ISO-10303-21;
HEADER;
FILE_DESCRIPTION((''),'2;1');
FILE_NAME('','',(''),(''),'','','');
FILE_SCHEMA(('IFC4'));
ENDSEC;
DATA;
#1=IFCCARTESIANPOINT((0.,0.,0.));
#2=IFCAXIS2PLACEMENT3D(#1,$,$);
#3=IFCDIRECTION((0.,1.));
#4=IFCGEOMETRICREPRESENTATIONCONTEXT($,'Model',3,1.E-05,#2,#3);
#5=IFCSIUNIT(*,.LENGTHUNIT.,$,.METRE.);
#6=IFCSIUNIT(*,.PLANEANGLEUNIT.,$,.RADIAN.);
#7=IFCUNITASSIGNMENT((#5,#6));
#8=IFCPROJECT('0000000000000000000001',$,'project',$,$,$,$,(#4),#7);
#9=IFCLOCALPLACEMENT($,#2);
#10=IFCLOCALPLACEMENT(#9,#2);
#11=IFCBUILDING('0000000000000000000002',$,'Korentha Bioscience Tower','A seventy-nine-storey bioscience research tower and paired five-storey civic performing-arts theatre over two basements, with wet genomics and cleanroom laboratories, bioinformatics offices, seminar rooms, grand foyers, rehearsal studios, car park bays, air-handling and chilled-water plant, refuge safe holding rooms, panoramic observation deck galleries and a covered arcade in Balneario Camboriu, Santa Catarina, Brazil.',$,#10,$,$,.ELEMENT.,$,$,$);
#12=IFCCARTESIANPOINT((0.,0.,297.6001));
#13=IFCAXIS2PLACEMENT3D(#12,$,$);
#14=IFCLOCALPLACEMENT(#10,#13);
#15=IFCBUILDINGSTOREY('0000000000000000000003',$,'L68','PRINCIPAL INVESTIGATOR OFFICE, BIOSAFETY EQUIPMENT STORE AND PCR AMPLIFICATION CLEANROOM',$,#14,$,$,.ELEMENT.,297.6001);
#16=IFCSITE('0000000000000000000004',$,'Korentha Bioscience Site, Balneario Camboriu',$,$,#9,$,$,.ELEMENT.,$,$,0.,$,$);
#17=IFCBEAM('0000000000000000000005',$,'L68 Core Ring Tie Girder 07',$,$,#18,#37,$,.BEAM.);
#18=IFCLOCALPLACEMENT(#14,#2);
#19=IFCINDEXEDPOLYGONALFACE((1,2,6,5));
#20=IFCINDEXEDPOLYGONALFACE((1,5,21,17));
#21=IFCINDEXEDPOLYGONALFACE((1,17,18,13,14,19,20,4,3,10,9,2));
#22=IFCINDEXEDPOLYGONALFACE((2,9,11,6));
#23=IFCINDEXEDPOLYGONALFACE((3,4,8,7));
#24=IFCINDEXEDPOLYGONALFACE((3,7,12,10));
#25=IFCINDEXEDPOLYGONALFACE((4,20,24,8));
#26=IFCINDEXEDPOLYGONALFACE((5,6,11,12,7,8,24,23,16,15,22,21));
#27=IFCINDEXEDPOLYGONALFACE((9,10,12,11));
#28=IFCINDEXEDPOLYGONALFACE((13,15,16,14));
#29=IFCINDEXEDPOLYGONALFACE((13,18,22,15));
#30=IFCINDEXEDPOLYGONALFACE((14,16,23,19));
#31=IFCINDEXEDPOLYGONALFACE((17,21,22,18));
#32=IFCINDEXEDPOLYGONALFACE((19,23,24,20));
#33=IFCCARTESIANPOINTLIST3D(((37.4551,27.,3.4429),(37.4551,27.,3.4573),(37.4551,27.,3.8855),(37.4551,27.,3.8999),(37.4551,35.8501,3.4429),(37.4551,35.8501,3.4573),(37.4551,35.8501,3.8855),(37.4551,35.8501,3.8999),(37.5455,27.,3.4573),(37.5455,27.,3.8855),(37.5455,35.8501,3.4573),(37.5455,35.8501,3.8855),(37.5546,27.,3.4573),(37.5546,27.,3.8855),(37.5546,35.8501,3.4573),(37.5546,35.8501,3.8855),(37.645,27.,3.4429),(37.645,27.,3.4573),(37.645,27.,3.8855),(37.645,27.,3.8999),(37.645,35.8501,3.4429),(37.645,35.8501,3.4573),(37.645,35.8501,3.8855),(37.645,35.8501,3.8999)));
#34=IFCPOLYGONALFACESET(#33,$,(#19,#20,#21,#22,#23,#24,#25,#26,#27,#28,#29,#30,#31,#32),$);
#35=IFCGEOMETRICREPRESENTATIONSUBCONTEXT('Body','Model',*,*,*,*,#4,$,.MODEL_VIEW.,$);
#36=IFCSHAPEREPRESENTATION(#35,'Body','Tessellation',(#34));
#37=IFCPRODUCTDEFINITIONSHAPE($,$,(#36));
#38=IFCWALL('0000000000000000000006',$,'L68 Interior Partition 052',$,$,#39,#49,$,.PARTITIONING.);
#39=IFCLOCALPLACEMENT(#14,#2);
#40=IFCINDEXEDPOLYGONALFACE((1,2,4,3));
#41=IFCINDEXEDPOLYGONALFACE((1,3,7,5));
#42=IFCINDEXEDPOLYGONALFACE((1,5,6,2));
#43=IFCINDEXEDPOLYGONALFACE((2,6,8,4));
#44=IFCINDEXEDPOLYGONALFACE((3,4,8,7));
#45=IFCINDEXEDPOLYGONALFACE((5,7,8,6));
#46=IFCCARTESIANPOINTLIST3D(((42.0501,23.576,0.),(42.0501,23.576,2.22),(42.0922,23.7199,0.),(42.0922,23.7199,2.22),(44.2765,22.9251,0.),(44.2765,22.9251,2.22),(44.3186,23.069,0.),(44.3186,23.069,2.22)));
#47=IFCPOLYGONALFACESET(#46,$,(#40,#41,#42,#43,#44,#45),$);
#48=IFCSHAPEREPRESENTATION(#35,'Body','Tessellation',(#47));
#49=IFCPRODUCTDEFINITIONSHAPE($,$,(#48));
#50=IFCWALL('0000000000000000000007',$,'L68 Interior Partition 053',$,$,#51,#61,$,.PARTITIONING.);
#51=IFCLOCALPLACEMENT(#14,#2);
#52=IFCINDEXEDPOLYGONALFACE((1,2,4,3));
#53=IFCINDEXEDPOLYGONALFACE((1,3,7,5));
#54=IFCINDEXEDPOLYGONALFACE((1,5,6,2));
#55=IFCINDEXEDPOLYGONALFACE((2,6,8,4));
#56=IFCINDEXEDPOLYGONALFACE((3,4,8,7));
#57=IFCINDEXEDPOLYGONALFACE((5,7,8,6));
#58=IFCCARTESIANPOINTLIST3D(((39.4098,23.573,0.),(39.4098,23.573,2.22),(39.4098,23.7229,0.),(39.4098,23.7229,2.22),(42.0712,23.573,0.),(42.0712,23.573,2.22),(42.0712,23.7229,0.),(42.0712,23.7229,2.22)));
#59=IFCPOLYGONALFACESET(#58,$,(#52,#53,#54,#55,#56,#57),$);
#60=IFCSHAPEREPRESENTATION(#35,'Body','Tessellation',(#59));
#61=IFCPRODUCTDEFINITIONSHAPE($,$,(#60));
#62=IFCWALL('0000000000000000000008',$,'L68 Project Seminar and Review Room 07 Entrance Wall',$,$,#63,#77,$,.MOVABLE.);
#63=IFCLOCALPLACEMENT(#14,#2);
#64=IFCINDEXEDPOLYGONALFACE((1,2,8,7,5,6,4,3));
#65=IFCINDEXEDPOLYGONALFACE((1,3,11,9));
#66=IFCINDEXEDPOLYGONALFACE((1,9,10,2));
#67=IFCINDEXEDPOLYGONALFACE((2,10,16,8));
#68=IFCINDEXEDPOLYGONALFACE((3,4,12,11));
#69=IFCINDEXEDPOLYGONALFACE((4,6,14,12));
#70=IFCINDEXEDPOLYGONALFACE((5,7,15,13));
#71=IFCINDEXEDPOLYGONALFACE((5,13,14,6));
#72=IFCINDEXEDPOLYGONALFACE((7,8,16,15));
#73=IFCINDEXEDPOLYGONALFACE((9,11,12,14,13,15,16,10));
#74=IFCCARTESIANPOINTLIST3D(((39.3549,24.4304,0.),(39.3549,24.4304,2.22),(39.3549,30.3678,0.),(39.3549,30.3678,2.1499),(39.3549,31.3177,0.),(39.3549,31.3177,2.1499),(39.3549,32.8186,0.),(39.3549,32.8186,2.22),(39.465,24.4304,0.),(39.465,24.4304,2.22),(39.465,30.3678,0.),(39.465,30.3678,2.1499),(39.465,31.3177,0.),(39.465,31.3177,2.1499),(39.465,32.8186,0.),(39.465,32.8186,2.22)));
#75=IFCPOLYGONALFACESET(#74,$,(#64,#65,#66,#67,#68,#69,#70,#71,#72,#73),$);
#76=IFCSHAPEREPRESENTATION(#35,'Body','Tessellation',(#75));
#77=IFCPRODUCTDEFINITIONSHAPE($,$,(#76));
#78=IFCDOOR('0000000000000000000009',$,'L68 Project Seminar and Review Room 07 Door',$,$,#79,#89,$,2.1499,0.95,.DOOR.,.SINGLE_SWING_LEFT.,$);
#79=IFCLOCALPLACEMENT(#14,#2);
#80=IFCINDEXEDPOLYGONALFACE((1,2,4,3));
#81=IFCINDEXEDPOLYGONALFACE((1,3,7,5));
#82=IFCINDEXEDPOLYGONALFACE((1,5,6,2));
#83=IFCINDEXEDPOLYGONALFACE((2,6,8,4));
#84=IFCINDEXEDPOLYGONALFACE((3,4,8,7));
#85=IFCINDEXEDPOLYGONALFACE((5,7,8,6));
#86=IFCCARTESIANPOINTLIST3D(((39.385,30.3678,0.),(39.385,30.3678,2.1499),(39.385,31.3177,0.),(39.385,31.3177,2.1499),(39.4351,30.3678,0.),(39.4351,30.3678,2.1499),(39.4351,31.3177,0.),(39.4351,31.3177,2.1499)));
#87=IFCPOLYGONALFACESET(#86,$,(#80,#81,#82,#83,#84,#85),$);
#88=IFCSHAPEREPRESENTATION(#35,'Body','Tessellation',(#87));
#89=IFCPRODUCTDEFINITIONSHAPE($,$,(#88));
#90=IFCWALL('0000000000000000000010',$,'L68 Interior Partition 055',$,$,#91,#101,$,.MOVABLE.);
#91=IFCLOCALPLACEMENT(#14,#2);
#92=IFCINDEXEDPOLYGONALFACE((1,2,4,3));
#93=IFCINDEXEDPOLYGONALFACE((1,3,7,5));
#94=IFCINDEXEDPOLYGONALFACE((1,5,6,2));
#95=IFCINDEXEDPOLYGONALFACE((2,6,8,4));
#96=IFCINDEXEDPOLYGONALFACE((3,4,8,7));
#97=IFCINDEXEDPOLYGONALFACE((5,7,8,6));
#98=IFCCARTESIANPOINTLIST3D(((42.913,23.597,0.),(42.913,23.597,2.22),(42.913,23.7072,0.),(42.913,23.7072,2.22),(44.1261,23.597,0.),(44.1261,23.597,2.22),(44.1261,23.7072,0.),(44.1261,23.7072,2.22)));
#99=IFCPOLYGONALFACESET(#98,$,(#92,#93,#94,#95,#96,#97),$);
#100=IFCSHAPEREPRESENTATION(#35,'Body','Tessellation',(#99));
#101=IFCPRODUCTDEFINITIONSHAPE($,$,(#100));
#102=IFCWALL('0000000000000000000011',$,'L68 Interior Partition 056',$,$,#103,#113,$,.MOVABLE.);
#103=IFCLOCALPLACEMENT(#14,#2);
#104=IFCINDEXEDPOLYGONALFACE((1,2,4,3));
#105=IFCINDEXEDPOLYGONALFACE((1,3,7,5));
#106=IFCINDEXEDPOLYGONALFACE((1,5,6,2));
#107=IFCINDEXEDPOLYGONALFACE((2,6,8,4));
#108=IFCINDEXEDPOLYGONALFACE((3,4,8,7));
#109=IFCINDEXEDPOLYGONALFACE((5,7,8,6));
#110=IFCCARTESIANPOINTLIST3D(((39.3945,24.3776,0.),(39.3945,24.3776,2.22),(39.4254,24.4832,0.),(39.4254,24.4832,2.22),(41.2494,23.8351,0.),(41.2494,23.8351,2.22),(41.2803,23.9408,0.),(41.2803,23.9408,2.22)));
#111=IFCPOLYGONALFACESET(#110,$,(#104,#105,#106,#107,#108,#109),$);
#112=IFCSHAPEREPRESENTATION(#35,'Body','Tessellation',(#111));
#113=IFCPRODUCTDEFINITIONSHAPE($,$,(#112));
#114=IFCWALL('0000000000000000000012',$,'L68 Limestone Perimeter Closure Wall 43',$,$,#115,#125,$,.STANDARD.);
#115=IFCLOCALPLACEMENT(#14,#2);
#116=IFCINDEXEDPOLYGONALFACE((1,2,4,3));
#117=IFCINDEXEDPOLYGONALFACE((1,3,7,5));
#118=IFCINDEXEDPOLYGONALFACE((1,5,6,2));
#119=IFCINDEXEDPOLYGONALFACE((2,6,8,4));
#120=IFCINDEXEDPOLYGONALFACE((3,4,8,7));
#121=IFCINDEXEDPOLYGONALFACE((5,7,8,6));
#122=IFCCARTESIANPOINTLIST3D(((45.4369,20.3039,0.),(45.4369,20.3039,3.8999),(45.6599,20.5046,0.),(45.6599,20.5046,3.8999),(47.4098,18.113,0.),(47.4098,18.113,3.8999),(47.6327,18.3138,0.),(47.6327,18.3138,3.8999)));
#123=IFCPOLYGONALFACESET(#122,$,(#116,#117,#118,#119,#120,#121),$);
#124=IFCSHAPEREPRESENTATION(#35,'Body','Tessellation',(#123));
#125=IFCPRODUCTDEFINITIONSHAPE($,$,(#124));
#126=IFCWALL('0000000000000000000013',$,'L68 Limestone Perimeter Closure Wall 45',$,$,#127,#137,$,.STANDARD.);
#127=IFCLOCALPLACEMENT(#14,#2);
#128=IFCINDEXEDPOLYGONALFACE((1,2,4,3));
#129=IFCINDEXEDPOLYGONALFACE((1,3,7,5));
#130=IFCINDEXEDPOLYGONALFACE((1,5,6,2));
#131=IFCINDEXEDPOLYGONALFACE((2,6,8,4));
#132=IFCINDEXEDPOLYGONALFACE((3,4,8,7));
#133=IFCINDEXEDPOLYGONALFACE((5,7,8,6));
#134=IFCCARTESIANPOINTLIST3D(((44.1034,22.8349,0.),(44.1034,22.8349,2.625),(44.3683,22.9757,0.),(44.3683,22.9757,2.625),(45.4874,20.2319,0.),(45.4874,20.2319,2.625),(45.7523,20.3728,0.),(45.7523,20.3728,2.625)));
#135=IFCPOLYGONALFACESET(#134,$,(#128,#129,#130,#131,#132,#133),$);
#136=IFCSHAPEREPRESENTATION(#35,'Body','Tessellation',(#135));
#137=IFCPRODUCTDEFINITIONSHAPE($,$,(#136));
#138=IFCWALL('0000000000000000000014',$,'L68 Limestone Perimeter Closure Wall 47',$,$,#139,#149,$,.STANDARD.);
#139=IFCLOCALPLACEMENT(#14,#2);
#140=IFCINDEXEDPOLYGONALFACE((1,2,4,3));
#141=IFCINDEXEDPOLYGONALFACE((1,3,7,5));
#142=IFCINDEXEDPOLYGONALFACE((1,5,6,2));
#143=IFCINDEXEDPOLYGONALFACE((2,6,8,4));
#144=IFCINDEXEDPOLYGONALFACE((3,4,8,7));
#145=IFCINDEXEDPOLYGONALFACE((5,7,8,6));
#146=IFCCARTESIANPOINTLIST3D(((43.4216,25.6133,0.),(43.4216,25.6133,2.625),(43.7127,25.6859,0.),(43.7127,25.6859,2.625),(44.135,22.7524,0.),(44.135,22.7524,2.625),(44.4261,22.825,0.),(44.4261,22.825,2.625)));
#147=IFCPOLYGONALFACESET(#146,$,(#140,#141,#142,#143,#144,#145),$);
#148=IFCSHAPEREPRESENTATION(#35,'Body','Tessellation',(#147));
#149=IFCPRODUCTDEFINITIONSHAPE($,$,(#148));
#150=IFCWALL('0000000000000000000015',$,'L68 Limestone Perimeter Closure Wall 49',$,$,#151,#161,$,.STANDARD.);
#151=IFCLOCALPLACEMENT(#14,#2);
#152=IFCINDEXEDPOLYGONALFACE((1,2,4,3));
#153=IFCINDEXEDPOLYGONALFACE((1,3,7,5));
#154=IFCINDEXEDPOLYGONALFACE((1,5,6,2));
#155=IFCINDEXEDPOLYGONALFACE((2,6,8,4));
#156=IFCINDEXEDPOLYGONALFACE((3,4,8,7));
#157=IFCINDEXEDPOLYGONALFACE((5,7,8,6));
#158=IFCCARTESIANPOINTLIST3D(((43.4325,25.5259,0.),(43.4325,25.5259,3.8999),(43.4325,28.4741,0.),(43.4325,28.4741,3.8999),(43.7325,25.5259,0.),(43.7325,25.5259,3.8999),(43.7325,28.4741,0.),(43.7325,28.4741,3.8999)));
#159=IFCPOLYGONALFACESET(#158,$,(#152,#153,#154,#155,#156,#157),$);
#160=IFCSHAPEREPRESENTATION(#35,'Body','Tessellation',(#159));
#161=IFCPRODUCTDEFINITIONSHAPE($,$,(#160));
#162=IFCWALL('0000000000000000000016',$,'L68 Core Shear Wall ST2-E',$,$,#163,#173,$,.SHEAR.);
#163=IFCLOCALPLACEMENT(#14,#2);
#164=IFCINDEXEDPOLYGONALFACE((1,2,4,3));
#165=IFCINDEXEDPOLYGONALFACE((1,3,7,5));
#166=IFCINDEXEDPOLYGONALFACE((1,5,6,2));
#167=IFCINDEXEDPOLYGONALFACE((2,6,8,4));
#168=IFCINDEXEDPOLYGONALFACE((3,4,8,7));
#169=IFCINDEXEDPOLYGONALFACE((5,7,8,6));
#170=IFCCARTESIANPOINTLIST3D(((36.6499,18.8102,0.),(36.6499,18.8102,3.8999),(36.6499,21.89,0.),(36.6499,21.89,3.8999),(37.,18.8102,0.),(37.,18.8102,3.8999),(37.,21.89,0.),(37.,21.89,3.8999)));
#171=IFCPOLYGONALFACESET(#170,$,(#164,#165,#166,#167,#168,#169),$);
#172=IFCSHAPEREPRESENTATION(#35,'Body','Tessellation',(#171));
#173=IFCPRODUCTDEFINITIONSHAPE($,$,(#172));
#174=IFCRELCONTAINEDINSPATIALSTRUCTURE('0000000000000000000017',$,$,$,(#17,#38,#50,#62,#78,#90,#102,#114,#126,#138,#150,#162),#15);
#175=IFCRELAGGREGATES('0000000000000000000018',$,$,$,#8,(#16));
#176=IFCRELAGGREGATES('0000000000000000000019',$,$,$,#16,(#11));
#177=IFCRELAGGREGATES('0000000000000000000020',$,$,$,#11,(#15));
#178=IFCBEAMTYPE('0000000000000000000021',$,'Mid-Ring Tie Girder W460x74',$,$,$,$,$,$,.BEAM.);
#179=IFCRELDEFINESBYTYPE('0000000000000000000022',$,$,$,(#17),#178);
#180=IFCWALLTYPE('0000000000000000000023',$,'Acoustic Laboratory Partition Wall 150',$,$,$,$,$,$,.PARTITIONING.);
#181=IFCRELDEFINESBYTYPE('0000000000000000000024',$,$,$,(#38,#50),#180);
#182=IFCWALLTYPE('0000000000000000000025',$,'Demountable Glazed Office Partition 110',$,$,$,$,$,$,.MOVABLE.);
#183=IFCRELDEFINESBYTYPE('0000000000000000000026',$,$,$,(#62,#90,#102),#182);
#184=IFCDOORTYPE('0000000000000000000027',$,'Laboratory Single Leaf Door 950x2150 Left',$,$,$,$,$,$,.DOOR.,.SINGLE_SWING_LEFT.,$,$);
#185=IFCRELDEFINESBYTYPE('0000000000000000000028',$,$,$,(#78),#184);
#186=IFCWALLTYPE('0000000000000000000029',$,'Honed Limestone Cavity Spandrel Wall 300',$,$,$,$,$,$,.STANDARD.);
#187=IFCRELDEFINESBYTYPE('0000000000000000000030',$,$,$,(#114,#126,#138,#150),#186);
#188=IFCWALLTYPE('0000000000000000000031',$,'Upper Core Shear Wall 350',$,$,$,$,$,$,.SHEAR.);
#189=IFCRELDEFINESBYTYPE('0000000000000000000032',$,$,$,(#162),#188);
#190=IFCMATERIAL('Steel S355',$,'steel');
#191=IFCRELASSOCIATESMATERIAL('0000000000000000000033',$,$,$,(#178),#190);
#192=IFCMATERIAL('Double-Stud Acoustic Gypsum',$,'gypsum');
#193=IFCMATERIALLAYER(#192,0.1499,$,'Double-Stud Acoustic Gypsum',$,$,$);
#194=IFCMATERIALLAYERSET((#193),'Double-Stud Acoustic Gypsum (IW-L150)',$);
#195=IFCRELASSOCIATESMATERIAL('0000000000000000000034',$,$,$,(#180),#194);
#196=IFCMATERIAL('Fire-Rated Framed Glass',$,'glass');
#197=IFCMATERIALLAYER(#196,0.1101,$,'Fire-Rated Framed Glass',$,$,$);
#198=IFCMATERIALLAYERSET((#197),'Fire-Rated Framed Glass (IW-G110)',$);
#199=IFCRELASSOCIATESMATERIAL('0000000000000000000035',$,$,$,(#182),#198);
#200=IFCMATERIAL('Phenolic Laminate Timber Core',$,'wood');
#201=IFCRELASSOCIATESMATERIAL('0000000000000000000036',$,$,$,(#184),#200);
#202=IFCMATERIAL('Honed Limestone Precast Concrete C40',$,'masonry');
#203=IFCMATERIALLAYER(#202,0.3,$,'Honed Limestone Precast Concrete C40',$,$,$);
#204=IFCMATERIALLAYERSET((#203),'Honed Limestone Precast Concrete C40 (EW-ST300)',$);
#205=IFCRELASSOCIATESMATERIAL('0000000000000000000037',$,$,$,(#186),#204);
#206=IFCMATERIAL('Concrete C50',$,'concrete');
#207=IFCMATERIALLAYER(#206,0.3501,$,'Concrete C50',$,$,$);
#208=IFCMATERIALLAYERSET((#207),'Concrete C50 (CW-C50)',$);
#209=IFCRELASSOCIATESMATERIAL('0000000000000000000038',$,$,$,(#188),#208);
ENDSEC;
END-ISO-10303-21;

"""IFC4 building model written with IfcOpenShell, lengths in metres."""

from ifc_helpers import new_model, si_unit, direction, frame, frame_2d, origin, origin_2d, place, context, subcontext, project, spatial, rectangle, i_section, extrude, material, layer, layer_set, material_profile, profile_set, type_object, element, fill, save


model = new_model("IFC4")

# Units and contexts
model_context = context("Model", 3, precision=1e-05, world=origin(), true_north=direction((0.0, 1.0)))
body_context = subcontext(model_context, "Body", "Model", "MODEL_VIEW")
ifc_project = project(units=[si_unit("LENGTHUNIT", "METRE"), si_unit("PLANEANGLEUNIT", "RADIAN")], contexts=[model_context])

# Site, building, storey
site_placement = place(None, origin())
site = spatial("IfcSite", under=ifc_project, at=site_placement, Name="Korentha Bioscience Site, Balneario Camboriu", CompositionType="ELEMENT", RefElevation=0.0)
building_placement = place(site_placement, origin())
building = spatial("IfcBuilding", under=site, at=building_placement, Name="Korentha Bioscience Tower", Description="A seventy-nine-storey bioscience research tower and paired five-storey civic performing-arts theatre over two basements, with wet genomics and cleanroom laboratories, bioinformatics offices, seminar rooms, grand foyers, rehearsal studios, car park bays, air-handling and chilled-water plant, refuge safe holding rooms, panoramic observation deck galleries and a covered arcade in Balneario Camboriu, Santa Catarina, Brazil.", CompositionType="ELEMENT")
storey_placement = place(building_placement, frame((0.0, 0.0, 297.6001)))
storey = spatial("IfcBuildingStorey", under=building, at=storey_placement, Name="L68", Description="PRINCIPAL INVESTIGATOR OFFICE, BIOSAFETY EQUIPMENT STORE AND PCR AMPLIFICATION CLEANROOM", CompositionType="ELEMENT", Elevation=297.6001)

# Shared definitions
ifc_material_1 = material(Name="Concrete C50", Category="concrete")

# Beam
ifc_material_2 = material(Name="Steel S355", Category="steel")
ifc_material_profile_1 = material_profile(ifc_material_2, i_section(OverallWidth=0.1899, OverallDepth=0.457, WebThickness=0.009, FlangeThickness=0.0144, at=origin_2d()), Name="Steel S355")
ifc_profile_set_1 = profile_set([ifc_material_profile_1], Name="Steel S355 (MB-460)")
beam_type_1 = type_object("IfcBeamType", Name="Mid-Ring Tie Girder W460x74", PredefinedType="BEAM", material=ifc_profile_set_1)
for number, where, z_axis, x_axis, name in (
    (1, (37.55, 27.0, 3.6714), (0.0, 1.0, 0.0), (-1.0, 0.0, 0.0), "L68 Core Ring Tie Girder 07"),
):
    element("IfcBeam", number, at=place(storey_placement, frame(where, z_axis=z_axis, x_axis=x_axis)), inside=storey, type_object=beam_type_1, Name=name, PredefinedType="BEAM", context=body_context, shape_type="SweptSolid", body=[
        extrude(i_section(OverallWidth=0.1899, OverallDepth=0.457, WebThickness=0.009, FlangeThickness=0.0144, at=origin_2d()), origin(), (0.0, 0.0, 1.0), 8.8501),
    ])

# Walls
ifc_material_3 = material(Name="Double-Stud Acoustic Gypsum", Category="gypsum")
ifc_layer_1 = layer(ifc_material_3, 0.1499, Name="Double-Stud Acoustic Gypsum")
ifc_layer_set_1 = layer_set([ifc_layer_1], Name="Double-Stud Acoustic Gypsum (IW-L150)")
wall_type_1 = type_object("IfcWallType", Name="Acoustic Laboratory Partition Wall 150", PredefinedType="PARTITIONING", material=ifc_layer_set_1)
wall_1_placement = place(storey_placement, frame((42.0713, 23.6479, 0.0), z_axis=(0.0, 0.0, 1.0), x_axis=(0.959822, -0.28061, 0.0)))
element("IfcWall", 2, at=wall_1_placement, inside=storey, type_object=wall_type_1, Name="L68 Interior Partition 052", PredefinedType="PARTITIONING", context=body_context, shape_type="SweptSolid", body=[
    extrude(rectangle(XDim=2.3196, YDim=0.1499, at=frame_2d((1.1597, 0.0))), origin(), (0.0, 0.0, 1.0), 2.22),
])
wall_2_placement = place(storey_placement, frame((39.4099, 23.6479, 0.0), z_axis=(0.0, 0.0, 1.0), x_axis=(1.0, 0.0, 0.0)))
element("IfcWall", 3, at=wall_2_placement, inside=storey, type_object=wall_type_1, Name="L68 Interior Partition 053", PredefinedType="PARTITIONING", context=body_context, shape_type="SweptSolid", body=[
    extrude(rectangle(XDim=2.6614, YDim=0.1499, at=frame_2d((1.3306, 0.0))), origin(), (0.0, 0.0, 1.0), 2.22),
])

# Wall, opening, door
ifc_material_4 = material(Name="Fire-Rated Framed Glass", Category="glass")
ifc_layer_2 = layer(ifc_material_4, 0.1101, Name="Fire-Rated Framed Glass")
ifc_layer_set_2 = layer_set([ifc_layer_2], Name="Fire-Rated Framed Glass (IW-G110)")
wall_type_2 = type_object("IfcWallType", Name="Demountable Glazed Office Partition 110", PredefinedType="MOVABLE", material=ifc_layer_set_2)
wall_3_placement = place(storey_placement, frame((39.4099, 24.4304, 0.0), z_axis=(0.0, 0.0, 1.0), x_axis=(0.0, 1.0, 0.0)))
wall_3 = element("IfcWall", 4, at=wall_3_placement, inside=storey, type_object=wall_type_2, Name="L68 Project Seminar and Review Room 07 Entrance Wall", PredefinedType="MOVABLE", context=body_context, shape_type="SweptSolid", body=[
    extrude(rectangle(XDim=8.3882, YDim=0.1101, at=frame_2d((4.1941, 0.0))), origin(), (0.0, 0.0, 1.0), 2.22),
])
opening_placement = place(wall_3_placement, frame((5.9373, 0.0, 0.0)))
opening = element("IfcOpeningElement", 5, at=opening_placement, cuts=wall_3, PredefinedType="OPENING", context=body_context, shape_type="SweptSolid", body=[
    extrude(rectangle(XDim=0.95, YDim=2.1499, at=frame_2d((0.4751, 1.075))), frame((0.0, 0.0698, 0.0), z_axis=(0.0, -1.0, 0.0), x_axis=(1.0, 0.0, 0.0)), (0.0, 0.0, 1.0), 0.1399),
])
ifc_material_5 = material(Name="Phenolic Laminate Timber Core", Category="wood")
door_type = type_object("IfcDoorType", Name="Laboratory Single Leaf Door 950x2150 Left", OperationType="SINGLE_SWING_LEFT", PredefinedType="DOOR", material=ifc_material_5)
door_placement = place(opening_placement, origin())
door = element("IfcDoor", 6, at=door_placement, inside=storey, type_object=door_type, Name="L68 Project Seminar and Review Room 07 Door", OperationType="SINGLE_SWING_LEFT", OverallHeight=2.1499, OverallWidth=0.95, PredefinedType="DOOR", context=body_context, shape_type="SweptSolid", body=[
    extrude(rectangle(XDim=0.95, YDim=2.1499, at=frame_2d((0.4751, 1.075))), frame((0.0, 0.0249, 0.0), z_axis=(0.0, -1.0, 0.0), x_axis=(1.0, 0.0, 0.0)), (0.0, 0.0, 1.0), 0.05),
])
fill(opening, door)

# Walls
wall_4_placement = place(storey_placement, frame((44.126, 23.6521, 0.0), z_axis=(0.0, 0.0, 1.0), x_axis=(-1.0, 0.0, 0.0)))
element("IfcWall", 7, at=wall_4_placement, inside=storey, type_object=wall_type_2, Name="L68 Interior Partition 055", PredefinedType="MOVABLE", context=body_context, shape_type="SweptSolid", body=[
    extrude(rectangle(XDim=1.2131, YDim=0.1101, at=frame_2d((0.6064, 0.0))), origin(), (0.0, 0.0, 1.0), 2.22),
])
wall_5_placement = place(storey_placement, frame((41.2649, 23.8879, 0.0), z_axis=(0.0, 0.0, 1.0), x_axis=(-0.959799, 0.280689, 0.0)))
element("IfcWall", 8, at=wall_5_placement, inside=storey, type_object=wall_type_2, Name="L68 Interior Partition 056", PredefinedType="MOVABLE", context=body_context, shape_type="SweptSolid", body=[
    extrude(rectangle(XDim=1.9326, YDim=0.1101, at=frame_2d((0.9663, 0.0))), origin(), (0.0, 0.0, 1.0), 2.22),
])
ifc_material_6 = material(Name="Honed Limestone Precast Concrete C40", Category="masonry")
ifc_layer_3 = layer(ifc_material_6, 0.3, Name="Honed Limestone Precast Concrete C40")
ifc_layer_set_3 = layer_set([ifc_layer_3], Name="Honed Limestone Precast Concrete C40 (EW-ST300)")
wall_type_3 = type_object("IfcWallType", Name="Honed Limestone Cavity Spandrel Wall 300", PredefinedType="STANDARD", material=ifc_layer_set_3)
wall_6_placement = place(storey_placement, frame((47.5212, 18.2134, 0.0), z_axis=(0.0, 0.0, 1.0), x_axis=(-0.669166, 0.743113, 0.0)))
element("IfcWall", 9, at=wall_6_placement, inside=storey, type_object=wall_type_3, Name="L68 Limestone Perimeter Closure Wall 43", PredefinedType="STANDARD", context=body_context, shape_type="SweptSolid", body=[
    extrude(rectangle(XDim=2.9482, YDim=0.3, at=frame_2d((1.4741, 0.0))), origin(), (0.0, 0.0, 1.0), 3.8999),
])
wall_7_placement = place(storey_placement, frame((45.6199, 20.3022, 0.0), z_axis=(0.0, 0.0, 1.0), x_axis=(-0.469466, 0.882951, 0.0)))
element("IfcWall", 10, at=wall_7_placement, inside=storey, type_object=wall_type_3, Name="L68 Limestone Perimeter Closure Wall 45", PredefinedType="STANDARD", context=body_context, shape_type="SweptSolid", body=[
    extrude(rectangle(XDim=2.948, YDim=0.3, at=frame_2d((1.4741, 0.0))), origin(), (0.0, 0.0, 1.0), 2.625),
])
wall_8_placement = place(storey_placement, frame((44.2805, 22.7888, 0.0), z_axis=(0.0, 0.0, 1.0), x_axis=(-0.241951, 0.970288, 0.0)))
element("IfcWall", 11, at=wall_8_placement, inside=storey, type_object=wall_type_3, Name="L68 Limestone Perimeter Closure Wall 47", PredefinedType="STANDARD", context=body_context, shape_type="SweptSolid", body=[
    extrude(rectangle(XDim=2.9485, YDim=0.3, at=frame_2d((1.4741, 0.0))), origin(), (0.0, 0.0, 1.0), 2.625),
])
wall_9_placement = place(storey_placement, frame((43.5825, 25.5259, 0.0), z_axis=(0.0, 0.0, 1.0), x_axis=(0.0, 1.0, 0.0)))
element("IfcWall", 12, at=wall_9_placement, inside=storey, type_object=wall_type_3, Name="L68 Limestone Perimeter Closure Wall 49", PredefinedType="STANDARD", context=body_context, shape_type="SweptSolid", body=[
    extrude(rectangle(XDim=2.9482, YDim=0.3, at=frame_2d((1.4741, 0.0))), origin(), (0.0, 0.0, 1.0), 3.8999),
])
ifc_layer_4 = layer(ifc_material_1, 0.3501, Name="Concrete C50")
ifc_layer_set_4 = layer_set([ifc_layer_4], Name="Concrete C50 (CW-C50)")
wall_type_4 = type_object("IfcWallType", Name="Upper Core Shear Wall 350", PredefinedType="SHEAR", material=ifc_layer_set_4)
wall_10_placement = place(storey_placement, frame((36.825, 18.8101, 0.0), z_axis=(0.0, 0.0, 1.0), x_axis=(0.0, 1.0, 0.0)))
element("IfcWall", 13, at=wall_10_placement, inside=storey, type_object=wall_type_4, Name="L68 Core Shear Wall ST2-E", PredefinedType="SHEAR", context=body_context, shape_type="SweptSolid", body=[
    extrude(rectangle(XDim=3.0798, YDim=0.3501, at=frame_2d((1.54, 0.0))), origin(), (0.0, 0.0, 1.0), 3.8999),
])

save(model, "model.ifc")
